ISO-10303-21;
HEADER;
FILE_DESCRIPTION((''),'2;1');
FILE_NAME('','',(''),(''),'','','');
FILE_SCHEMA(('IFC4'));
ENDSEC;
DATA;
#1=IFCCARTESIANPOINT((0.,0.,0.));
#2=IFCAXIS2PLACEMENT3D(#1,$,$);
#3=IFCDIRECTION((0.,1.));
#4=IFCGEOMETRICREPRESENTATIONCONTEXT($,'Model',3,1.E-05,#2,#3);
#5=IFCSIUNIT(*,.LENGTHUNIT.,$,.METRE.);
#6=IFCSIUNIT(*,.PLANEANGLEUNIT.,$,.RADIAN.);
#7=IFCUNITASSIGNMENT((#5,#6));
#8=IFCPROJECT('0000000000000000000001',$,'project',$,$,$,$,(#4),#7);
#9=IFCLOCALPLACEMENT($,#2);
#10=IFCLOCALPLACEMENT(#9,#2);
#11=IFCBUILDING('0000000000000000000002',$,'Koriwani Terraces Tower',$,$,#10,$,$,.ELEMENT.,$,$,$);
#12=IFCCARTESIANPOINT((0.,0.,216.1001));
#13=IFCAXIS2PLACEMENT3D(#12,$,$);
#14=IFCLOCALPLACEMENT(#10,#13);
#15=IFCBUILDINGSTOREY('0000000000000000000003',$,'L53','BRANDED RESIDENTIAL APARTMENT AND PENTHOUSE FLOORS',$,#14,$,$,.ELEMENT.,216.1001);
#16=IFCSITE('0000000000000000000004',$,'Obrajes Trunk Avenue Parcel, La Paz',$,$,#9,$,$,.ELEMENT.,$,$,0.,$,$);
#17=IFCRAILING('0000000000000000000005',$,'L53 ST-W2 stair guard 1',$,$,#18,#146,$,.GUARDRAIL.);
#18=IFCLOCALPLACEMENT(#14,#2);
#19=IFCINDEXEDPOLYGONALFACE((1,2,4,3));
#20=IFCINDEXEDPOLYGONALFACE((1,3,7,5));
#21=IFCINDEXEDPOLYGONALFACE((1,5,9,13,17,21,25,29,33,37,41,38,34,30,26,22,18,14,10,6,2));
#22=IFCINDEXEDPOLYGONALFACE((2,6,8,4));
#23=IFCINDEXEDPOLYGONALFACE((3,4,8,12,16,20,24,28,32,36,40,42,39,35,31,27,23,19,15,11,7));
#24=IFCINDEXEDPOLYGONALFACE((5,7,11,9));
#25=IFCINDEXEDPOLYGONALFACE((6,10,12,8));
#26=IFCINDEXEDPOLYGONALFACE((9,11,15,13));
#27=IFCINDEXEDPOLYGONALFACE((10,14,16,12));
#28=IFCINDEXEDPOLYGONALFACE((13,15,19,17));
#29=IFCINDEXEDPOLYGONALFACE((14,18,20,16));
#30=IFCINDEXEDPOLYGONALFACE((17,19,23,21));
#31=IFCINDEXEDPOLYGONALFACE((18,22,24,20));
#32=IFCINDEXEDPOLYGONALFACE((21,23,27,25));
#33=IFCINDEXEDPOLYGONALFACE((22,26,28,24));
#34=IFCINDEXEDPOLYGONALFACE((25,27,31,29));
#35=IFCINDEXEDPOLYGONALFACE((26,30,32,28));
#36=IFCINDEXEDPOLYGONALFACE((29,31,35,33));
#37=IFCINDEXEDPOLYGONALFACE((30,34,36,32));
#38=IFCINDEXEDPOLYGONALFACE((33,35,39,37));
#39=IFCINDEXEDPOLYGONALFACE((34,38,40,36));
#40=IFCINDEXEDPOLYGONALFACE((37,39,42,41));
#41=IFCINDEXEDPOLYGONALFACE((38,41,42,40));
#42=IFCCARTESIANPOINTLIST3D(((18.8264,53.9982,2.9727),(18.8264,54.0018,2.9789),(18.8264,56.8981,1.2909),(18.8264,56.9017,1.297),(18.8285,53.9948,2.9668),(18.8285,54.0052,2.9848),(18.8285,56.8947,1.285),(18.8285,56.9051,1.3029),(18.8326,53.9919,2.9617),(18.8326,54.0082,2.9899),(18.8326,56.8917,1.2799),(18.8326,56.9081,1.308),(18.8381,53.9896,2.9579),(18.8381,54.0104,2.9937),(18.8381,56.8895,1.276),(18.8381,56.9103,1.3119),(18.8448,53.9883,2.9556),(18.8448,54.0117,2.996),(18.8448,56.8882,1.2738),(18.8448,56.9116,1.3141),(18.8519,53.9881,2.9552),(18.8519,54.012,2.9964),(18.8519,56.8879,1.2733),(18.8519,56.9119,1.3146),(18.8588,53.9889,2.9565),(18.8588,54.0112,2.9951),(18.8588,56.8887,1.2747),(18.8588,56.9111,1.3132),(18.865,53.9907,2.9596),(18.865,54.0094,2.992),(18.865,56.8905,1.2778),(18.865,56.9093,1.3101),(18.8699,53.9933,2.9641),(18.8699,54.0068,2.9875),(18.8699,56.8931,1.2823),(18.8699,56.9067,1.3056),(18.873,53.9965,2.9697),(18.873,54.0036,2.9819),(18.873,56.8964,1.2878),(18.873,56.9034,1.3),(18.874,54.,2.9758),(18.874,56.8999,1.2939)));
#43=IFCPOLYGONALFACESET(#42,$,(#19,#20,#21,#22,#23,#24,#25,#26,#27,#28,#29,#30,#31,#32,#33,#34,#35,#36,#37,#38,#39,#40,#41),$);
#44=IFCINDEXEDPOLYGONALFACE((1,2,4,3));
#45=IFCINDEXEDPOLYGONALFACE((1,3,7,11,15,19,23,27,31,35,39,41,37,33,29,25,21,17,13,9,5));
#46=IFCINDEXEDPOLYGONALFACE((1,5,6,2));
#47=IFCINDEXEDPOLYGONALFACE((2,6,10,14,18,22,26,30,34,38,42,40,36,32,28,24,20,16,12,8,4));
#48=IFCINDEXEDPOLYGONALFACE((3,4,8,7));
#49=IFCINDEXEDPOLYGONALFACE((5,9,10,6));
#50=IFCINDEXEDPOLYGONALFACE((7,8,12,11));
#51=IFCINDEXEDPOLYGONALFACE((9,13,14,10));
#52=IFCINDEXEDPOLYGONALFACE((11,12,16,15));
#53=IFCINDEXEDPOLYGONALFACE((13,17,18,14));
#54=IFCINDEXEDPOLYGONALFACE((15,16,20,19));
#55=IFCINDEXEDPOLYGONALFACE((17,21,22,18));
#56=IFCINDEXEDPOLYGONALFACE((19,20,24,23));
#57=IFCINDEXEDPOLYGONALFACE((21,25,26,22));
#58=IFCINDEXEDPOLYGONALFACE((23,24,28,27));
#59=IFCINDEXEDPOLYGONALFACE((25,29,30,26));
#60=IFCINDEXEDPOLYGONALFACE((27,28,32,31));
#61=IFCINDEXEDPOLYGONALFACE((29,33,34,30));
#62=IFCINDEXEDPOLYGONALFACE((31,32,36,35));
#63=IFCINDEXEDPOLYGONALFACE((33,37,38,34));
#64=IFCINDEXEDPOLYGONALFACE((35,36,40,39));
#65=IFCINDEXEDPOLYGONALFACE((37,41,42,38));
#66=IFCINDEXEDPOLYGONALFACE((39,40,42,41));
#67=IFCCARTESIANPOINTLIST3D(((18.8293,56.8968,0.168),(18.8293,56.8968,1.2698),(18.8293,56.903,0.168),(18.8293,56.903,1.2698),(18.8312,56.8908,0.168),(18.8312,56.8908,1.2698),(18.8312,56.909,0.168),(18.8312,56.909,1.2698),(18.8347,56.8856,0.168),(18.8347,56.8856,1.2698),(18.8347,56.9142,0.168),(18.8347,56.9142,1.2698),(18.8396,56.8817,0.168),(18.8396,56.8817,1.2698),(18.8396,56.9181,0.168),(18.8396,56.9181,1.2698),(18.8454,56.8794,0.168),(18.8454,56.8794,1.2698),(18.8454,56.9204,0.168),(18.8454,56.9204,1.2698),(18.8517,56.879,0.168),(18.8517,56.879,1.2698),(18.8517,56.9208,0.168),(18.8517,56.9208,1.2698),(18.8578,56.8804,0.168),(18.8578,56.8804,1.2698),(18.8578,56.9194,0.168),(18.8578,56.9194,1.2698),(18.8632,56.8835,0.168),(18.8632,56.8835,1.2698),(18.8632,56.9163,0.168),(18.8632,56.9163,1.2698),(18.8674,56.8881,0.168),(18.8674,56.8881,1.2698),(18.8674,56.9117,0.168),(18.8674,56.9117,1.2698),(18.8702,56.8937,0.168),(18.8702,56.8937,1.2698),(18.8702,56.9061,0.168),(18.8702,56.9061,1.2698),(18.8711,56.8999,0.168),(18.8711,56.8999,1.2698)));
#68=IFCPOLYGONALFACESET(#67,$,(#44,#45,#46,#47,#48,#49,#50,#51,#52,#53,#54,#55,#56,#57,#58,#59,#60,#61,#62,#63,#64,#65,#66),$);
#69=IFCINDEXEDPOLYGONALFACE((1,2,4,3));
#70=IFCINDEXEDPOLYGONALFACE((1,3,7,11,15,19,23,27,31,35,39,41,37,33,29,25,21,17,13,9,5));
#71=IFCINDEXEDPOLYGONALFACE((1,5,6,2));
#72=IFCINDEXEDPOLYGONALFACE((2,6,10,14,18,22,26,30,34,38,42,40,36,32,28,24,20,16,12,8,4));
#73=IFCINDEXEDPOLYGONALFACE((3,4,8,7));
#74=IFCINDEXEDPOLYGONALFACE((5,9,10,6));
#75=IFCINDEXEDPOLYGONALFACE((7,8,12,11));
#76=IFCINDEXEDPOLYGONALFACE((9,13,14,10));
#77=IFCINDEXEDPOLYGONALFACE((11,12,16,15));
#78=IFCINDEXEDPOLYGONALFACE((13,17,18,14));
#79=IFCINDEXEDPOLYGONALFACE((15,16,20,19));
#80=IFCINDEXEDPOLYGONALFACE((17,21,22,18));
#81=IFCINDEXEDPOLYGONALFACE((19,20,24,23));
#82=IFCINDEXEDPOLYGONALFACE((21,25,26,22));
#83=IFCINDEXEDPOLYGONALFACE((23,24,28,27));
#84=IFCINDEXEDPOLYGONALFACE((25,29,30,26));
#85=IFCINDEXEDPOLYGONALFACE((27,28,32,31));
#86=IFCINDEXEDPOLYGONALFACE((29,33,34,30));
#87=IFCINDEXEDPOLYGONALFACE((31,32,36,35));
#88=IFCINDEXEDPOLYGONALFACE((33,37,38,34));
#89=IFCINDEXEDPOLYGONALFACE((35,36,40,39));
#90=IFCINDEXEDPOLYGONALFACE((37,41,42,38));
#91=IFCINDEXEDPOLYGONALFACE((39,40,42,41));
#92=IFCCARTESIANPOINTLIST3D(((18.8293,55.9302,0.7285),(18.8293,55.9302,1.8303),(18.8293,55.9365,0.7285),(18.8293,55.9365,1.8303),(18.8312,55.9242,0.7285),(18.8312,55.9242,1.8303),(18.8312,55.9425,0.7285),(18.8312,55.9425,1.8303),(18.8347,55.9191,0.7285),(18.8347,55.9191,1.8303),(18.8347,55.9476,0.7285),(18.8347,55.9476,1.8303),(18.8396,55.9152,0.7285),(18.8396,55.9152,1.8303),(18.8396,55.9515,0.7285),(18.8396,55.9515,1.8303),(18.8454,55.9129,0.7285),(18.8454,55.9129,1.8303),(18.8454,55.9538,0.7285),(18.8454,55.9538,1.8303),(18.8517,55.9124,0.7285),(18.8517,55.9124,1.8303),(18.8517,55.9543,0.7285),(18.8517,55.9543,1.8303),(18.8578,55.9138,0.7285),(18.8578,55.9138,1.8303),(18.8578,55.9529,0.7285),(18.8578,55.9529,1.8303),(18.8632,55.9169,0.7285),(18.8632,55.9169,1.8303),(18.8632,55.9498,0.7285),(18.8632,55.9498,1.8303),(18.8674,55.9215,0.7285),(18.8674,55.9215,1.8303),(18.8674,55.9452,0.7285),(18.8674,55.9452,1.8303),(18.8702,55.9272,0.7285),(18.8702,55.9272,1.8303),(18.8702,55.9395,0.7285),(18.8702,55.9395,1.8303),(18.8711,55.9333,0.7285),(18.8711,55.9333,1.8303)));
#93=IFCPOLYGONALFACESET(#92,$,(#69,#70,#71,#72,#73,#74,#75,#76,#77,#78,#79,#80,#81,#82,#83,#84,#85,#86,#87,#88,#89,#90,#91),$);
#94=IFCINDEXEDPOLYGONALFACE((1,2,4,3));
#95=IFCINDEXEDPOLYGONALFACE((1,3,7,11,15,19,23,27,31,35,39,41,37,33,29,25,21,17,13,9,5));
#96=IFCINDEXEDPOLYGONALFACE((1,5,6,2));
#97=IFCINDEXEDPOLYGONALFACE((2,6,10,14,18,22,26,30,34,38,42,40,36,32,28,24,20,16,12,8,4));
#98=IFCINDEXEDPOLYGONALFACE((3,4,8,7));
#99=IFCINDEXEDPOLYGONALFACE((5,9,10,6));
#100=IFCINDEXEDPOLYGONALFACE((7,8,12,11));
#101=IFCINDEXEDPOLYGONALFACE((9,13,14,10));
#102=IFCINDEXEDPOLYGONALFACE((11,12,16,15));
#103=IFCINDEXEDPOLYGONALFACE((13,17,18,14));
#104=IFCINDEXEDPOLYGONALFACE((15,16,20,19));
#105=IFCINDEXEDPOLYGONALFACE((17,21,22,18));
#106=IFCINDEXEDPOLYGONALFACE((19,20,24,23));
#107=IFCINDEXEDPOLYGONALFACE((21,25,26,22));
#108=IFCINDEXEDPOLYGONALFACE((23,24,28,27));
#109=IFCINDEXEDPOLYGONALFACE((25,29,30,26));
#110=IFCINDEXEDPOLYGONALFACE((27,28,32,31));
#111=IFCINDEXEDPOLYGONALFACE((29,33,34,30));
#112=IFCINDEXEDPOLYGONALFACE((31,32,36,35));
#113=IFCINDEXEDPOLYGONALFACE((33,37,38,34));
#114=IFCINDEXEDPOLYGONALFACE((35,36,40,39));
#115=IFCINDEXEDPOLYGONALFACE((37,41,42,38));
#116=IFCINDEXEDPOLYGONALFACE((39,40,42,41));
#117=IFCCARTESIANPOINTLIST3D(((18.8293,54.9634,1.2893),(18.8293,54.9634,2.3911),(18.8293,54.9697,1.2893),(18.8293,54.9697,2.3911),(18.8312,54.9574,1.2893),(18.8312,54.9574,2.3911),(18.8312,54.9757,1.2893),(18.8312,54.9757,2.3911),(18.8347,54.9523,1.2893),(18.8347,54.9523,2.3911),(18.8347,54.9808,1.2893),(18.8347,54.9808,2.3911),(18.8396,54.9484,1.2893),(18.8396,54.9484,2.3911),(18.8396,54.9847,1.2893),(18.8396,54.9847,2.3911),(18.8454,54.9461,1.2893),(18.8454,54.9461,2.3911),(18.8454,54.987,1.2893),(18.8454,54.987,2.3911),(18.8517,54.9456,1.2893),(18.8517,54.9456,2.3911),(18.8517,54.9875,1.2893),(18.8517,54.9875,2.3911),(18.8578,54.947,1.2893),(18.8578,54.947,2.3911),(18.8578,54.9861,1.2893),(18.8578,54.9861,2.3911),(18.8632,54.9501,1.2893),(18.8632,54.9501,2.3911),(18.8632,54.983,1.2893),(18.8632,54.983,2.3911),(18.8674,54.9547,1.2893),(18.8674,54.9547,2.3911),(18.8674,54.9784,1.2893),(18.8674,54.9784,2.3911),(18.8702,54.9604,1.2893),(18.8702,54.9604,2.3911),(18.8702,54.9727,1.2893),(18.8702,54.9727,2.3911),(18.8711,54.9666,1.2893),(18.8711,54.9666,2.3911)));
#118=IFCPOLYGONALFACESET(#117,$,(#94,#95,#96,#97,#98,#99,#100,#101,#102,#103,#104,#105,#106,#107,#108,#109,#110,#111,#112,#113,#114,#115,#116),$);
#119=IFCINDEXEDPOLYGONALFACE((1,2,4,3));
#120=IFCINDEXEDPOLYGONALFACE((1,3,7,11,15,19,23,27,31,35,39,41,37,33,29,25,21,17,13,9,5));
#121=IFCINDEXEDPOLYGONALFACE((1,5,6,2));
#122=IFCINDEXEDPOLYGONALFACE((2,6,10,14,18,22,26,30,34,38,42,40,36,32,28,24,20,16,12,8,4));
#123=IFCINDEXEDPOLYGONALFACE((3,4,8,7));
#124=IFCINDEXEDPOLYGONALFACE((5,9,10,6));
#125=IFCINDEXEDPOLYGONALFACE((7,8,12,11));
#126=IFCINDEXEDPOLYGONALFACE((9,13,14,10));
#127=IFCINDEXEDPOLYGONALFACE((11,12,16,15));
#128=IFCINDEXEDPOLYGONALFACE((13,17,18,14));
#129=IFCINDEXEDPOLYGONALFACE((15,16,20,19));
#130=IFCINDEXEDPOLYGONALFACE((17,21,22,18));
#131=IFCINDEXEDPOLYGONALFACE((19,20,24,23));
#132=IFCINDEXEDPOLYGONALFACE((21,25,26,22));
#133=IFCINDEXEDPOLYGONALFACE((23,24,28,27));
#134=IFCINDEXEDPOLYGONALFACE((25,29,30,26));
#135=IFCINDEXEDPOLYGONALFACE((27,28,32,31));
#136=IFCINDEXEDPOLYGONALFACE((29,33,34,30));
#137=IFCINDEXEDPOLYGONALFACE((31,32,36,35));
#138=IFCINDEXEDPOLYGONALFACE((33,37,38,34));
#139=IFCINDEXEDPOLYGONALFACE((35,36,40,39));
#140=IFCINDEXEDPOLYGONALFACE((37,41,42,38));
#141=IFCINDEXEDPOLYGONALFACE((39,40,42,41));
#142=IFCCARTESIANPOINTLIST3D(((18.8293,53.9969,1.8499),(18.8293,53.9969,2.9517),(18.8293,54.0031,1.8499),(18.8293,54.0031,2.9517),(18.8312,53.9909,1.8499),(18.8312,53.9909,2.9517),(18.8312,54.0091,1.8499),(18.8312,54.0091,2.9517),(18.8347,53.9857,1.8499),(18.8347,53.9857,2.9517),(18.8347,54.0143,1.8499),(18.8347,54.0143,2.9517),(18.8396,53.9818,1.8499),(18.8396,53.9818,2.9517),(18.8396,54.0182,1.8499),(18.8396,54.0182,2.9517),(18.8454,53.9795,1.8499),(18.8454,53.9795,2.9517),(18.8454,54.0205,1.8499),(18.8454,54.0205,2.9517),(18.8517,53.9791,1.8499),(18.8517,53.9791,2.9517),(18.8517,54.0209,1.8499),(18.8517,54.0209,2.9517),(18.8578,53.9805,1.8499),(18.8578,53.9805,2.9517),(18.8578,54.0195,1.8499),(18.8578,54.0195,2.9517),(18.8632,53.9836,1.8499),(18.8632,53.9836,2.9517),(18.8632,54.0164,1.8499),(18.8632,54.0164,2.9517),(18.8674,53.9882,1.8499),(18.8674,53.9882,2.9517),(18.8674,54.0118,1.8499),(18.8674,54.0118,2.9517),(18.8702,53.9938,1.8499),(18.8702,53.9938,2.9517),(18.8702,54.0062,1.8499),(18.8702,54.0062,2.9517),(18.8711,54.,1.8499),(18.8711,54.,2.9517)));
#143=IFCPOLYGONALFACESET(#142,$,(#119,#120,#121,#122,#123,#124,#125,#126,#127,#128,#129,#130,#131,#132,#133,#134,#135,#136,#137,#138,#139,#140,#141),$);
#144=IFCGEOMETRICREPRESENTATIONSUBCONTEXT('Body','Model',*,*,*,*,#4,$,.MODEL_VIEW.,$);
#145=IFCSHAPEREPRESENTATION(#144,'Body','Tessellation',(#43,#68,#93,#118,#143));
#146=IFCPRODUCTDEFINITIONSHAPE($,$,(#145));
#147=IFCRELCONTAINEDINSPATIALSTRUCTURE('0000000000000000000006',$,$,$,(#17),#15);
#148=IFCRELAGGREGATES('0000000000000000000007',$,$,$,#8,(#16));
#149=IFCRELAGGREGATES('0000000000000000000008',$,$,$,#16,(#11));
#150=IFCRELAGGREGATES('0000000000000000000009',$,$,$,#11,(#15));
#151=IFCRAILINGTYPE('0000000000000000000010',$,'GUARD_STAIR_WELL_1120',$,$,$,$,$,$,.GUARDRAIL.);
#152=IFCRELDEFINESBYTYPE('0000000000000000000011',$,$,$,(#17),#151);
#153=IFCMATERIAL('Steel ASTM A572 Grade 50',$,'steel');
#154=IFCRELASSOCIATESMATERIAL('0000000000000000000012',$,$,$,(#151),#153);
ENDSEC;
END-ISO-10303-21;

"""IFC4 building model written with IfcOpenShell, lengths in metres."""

from ifc_helpers import new_model, si_unit, direction, frame, origin, origin_2d, place, context, subcontext, project, spatial, circle, extrude, material, type_object, element, save


model = new_model("IFC4")

# Units and contexts
model_context = context("Model", 3, precision=1e-05, world=origin(), true_north=direction((0.0, 1.0)))
body_context = subcontext(model_context, "Body", "Model", "MODEL_VIEW")
ifc_project = project(units=[si_unit("LENGTHUNIT", "METRE"), si_unit("PLANEANGLEUNIT", "RADIAN")], contexts=[model_context])

# Site, building, storey
site_placement = place(None, origin())
site = spatial("IfcSite", under=ifc_project, at=site_placement, Name="Obrajes Trunk Avenue Parcel, La Paz", CompositionType="ELEMENT", RefElevation=0.0)
building_placement = place(site_placement, origin())
building = spatial("IfcBuilding", under=site, at=building_placement, Name="Koriwani Terraces Tower", CompositionType="ELEMENT")
storey_placement = place(building_placement, frame((0.0, 0.0, 216.1001)))
storey = spatial("IfcBuildingStorey", under=building, at=storey_placement, Name="L53", Description="BRANDED RESIDENTIAL APARTMENT AND PENTHOUSE FLOORS", CompositionType="ELEMENT", Elevation=216.1001)

# Shared definitions
ifc_material_1 = material(Name="Steel ASTM A572 Grade 50", Category="steel")

# Railing
railing_type_1 = type_object("IfcRailingType", Name="GUARD_STAIR_WELL_1120", PredefinedType="GUARDRAIL", material=ifc_material_1)
railing_1_placement = place(storey_placement, frame((18.8501, 56.8999, 0.168)))
element("IfcRailing", 1, at=railing_1_placement, inside=storey, type_object=railing_type_1, Name="L53 ST-W2 stair guard 1", PredefinedType="GUARDRAIL", context=body_context, shape_type="SweptSolid", body=[
    extrude(circle(Radius=0.0239, at=origin_2d()), frame((0.0, 0.0, 1.126), z_axis=(0.0, -0.865039, 0.501705), x_axis=(1.0, 0.0, 0.0)), (0.0, 0.0, 1.0), 3.3523),
    extrude(circle(Radius=0.021, at=origin_2d()), origin(), (0.0, 0.0, 1.0), 1.1018),
    extrude(circle(Radius=0.021, at=origin_2d()), frame((0.0, -0.9666, 0.5605)), (0.0, 0.0, 1.0), 1.1018),
    extrude(circle(Radius=0.021, at=origin_2d()), frame((0.0, -1.9333, 1.1213)), (0.0, 0.0, 1.0), 1.1018),
    extrude(circle(Radius=0.021, at=origin_2d()), frame((0.0, -2.8999, 1.6819)), (0.0, 0.0, 1.0), 1.1018),
])

save(model, "model.ifc")
